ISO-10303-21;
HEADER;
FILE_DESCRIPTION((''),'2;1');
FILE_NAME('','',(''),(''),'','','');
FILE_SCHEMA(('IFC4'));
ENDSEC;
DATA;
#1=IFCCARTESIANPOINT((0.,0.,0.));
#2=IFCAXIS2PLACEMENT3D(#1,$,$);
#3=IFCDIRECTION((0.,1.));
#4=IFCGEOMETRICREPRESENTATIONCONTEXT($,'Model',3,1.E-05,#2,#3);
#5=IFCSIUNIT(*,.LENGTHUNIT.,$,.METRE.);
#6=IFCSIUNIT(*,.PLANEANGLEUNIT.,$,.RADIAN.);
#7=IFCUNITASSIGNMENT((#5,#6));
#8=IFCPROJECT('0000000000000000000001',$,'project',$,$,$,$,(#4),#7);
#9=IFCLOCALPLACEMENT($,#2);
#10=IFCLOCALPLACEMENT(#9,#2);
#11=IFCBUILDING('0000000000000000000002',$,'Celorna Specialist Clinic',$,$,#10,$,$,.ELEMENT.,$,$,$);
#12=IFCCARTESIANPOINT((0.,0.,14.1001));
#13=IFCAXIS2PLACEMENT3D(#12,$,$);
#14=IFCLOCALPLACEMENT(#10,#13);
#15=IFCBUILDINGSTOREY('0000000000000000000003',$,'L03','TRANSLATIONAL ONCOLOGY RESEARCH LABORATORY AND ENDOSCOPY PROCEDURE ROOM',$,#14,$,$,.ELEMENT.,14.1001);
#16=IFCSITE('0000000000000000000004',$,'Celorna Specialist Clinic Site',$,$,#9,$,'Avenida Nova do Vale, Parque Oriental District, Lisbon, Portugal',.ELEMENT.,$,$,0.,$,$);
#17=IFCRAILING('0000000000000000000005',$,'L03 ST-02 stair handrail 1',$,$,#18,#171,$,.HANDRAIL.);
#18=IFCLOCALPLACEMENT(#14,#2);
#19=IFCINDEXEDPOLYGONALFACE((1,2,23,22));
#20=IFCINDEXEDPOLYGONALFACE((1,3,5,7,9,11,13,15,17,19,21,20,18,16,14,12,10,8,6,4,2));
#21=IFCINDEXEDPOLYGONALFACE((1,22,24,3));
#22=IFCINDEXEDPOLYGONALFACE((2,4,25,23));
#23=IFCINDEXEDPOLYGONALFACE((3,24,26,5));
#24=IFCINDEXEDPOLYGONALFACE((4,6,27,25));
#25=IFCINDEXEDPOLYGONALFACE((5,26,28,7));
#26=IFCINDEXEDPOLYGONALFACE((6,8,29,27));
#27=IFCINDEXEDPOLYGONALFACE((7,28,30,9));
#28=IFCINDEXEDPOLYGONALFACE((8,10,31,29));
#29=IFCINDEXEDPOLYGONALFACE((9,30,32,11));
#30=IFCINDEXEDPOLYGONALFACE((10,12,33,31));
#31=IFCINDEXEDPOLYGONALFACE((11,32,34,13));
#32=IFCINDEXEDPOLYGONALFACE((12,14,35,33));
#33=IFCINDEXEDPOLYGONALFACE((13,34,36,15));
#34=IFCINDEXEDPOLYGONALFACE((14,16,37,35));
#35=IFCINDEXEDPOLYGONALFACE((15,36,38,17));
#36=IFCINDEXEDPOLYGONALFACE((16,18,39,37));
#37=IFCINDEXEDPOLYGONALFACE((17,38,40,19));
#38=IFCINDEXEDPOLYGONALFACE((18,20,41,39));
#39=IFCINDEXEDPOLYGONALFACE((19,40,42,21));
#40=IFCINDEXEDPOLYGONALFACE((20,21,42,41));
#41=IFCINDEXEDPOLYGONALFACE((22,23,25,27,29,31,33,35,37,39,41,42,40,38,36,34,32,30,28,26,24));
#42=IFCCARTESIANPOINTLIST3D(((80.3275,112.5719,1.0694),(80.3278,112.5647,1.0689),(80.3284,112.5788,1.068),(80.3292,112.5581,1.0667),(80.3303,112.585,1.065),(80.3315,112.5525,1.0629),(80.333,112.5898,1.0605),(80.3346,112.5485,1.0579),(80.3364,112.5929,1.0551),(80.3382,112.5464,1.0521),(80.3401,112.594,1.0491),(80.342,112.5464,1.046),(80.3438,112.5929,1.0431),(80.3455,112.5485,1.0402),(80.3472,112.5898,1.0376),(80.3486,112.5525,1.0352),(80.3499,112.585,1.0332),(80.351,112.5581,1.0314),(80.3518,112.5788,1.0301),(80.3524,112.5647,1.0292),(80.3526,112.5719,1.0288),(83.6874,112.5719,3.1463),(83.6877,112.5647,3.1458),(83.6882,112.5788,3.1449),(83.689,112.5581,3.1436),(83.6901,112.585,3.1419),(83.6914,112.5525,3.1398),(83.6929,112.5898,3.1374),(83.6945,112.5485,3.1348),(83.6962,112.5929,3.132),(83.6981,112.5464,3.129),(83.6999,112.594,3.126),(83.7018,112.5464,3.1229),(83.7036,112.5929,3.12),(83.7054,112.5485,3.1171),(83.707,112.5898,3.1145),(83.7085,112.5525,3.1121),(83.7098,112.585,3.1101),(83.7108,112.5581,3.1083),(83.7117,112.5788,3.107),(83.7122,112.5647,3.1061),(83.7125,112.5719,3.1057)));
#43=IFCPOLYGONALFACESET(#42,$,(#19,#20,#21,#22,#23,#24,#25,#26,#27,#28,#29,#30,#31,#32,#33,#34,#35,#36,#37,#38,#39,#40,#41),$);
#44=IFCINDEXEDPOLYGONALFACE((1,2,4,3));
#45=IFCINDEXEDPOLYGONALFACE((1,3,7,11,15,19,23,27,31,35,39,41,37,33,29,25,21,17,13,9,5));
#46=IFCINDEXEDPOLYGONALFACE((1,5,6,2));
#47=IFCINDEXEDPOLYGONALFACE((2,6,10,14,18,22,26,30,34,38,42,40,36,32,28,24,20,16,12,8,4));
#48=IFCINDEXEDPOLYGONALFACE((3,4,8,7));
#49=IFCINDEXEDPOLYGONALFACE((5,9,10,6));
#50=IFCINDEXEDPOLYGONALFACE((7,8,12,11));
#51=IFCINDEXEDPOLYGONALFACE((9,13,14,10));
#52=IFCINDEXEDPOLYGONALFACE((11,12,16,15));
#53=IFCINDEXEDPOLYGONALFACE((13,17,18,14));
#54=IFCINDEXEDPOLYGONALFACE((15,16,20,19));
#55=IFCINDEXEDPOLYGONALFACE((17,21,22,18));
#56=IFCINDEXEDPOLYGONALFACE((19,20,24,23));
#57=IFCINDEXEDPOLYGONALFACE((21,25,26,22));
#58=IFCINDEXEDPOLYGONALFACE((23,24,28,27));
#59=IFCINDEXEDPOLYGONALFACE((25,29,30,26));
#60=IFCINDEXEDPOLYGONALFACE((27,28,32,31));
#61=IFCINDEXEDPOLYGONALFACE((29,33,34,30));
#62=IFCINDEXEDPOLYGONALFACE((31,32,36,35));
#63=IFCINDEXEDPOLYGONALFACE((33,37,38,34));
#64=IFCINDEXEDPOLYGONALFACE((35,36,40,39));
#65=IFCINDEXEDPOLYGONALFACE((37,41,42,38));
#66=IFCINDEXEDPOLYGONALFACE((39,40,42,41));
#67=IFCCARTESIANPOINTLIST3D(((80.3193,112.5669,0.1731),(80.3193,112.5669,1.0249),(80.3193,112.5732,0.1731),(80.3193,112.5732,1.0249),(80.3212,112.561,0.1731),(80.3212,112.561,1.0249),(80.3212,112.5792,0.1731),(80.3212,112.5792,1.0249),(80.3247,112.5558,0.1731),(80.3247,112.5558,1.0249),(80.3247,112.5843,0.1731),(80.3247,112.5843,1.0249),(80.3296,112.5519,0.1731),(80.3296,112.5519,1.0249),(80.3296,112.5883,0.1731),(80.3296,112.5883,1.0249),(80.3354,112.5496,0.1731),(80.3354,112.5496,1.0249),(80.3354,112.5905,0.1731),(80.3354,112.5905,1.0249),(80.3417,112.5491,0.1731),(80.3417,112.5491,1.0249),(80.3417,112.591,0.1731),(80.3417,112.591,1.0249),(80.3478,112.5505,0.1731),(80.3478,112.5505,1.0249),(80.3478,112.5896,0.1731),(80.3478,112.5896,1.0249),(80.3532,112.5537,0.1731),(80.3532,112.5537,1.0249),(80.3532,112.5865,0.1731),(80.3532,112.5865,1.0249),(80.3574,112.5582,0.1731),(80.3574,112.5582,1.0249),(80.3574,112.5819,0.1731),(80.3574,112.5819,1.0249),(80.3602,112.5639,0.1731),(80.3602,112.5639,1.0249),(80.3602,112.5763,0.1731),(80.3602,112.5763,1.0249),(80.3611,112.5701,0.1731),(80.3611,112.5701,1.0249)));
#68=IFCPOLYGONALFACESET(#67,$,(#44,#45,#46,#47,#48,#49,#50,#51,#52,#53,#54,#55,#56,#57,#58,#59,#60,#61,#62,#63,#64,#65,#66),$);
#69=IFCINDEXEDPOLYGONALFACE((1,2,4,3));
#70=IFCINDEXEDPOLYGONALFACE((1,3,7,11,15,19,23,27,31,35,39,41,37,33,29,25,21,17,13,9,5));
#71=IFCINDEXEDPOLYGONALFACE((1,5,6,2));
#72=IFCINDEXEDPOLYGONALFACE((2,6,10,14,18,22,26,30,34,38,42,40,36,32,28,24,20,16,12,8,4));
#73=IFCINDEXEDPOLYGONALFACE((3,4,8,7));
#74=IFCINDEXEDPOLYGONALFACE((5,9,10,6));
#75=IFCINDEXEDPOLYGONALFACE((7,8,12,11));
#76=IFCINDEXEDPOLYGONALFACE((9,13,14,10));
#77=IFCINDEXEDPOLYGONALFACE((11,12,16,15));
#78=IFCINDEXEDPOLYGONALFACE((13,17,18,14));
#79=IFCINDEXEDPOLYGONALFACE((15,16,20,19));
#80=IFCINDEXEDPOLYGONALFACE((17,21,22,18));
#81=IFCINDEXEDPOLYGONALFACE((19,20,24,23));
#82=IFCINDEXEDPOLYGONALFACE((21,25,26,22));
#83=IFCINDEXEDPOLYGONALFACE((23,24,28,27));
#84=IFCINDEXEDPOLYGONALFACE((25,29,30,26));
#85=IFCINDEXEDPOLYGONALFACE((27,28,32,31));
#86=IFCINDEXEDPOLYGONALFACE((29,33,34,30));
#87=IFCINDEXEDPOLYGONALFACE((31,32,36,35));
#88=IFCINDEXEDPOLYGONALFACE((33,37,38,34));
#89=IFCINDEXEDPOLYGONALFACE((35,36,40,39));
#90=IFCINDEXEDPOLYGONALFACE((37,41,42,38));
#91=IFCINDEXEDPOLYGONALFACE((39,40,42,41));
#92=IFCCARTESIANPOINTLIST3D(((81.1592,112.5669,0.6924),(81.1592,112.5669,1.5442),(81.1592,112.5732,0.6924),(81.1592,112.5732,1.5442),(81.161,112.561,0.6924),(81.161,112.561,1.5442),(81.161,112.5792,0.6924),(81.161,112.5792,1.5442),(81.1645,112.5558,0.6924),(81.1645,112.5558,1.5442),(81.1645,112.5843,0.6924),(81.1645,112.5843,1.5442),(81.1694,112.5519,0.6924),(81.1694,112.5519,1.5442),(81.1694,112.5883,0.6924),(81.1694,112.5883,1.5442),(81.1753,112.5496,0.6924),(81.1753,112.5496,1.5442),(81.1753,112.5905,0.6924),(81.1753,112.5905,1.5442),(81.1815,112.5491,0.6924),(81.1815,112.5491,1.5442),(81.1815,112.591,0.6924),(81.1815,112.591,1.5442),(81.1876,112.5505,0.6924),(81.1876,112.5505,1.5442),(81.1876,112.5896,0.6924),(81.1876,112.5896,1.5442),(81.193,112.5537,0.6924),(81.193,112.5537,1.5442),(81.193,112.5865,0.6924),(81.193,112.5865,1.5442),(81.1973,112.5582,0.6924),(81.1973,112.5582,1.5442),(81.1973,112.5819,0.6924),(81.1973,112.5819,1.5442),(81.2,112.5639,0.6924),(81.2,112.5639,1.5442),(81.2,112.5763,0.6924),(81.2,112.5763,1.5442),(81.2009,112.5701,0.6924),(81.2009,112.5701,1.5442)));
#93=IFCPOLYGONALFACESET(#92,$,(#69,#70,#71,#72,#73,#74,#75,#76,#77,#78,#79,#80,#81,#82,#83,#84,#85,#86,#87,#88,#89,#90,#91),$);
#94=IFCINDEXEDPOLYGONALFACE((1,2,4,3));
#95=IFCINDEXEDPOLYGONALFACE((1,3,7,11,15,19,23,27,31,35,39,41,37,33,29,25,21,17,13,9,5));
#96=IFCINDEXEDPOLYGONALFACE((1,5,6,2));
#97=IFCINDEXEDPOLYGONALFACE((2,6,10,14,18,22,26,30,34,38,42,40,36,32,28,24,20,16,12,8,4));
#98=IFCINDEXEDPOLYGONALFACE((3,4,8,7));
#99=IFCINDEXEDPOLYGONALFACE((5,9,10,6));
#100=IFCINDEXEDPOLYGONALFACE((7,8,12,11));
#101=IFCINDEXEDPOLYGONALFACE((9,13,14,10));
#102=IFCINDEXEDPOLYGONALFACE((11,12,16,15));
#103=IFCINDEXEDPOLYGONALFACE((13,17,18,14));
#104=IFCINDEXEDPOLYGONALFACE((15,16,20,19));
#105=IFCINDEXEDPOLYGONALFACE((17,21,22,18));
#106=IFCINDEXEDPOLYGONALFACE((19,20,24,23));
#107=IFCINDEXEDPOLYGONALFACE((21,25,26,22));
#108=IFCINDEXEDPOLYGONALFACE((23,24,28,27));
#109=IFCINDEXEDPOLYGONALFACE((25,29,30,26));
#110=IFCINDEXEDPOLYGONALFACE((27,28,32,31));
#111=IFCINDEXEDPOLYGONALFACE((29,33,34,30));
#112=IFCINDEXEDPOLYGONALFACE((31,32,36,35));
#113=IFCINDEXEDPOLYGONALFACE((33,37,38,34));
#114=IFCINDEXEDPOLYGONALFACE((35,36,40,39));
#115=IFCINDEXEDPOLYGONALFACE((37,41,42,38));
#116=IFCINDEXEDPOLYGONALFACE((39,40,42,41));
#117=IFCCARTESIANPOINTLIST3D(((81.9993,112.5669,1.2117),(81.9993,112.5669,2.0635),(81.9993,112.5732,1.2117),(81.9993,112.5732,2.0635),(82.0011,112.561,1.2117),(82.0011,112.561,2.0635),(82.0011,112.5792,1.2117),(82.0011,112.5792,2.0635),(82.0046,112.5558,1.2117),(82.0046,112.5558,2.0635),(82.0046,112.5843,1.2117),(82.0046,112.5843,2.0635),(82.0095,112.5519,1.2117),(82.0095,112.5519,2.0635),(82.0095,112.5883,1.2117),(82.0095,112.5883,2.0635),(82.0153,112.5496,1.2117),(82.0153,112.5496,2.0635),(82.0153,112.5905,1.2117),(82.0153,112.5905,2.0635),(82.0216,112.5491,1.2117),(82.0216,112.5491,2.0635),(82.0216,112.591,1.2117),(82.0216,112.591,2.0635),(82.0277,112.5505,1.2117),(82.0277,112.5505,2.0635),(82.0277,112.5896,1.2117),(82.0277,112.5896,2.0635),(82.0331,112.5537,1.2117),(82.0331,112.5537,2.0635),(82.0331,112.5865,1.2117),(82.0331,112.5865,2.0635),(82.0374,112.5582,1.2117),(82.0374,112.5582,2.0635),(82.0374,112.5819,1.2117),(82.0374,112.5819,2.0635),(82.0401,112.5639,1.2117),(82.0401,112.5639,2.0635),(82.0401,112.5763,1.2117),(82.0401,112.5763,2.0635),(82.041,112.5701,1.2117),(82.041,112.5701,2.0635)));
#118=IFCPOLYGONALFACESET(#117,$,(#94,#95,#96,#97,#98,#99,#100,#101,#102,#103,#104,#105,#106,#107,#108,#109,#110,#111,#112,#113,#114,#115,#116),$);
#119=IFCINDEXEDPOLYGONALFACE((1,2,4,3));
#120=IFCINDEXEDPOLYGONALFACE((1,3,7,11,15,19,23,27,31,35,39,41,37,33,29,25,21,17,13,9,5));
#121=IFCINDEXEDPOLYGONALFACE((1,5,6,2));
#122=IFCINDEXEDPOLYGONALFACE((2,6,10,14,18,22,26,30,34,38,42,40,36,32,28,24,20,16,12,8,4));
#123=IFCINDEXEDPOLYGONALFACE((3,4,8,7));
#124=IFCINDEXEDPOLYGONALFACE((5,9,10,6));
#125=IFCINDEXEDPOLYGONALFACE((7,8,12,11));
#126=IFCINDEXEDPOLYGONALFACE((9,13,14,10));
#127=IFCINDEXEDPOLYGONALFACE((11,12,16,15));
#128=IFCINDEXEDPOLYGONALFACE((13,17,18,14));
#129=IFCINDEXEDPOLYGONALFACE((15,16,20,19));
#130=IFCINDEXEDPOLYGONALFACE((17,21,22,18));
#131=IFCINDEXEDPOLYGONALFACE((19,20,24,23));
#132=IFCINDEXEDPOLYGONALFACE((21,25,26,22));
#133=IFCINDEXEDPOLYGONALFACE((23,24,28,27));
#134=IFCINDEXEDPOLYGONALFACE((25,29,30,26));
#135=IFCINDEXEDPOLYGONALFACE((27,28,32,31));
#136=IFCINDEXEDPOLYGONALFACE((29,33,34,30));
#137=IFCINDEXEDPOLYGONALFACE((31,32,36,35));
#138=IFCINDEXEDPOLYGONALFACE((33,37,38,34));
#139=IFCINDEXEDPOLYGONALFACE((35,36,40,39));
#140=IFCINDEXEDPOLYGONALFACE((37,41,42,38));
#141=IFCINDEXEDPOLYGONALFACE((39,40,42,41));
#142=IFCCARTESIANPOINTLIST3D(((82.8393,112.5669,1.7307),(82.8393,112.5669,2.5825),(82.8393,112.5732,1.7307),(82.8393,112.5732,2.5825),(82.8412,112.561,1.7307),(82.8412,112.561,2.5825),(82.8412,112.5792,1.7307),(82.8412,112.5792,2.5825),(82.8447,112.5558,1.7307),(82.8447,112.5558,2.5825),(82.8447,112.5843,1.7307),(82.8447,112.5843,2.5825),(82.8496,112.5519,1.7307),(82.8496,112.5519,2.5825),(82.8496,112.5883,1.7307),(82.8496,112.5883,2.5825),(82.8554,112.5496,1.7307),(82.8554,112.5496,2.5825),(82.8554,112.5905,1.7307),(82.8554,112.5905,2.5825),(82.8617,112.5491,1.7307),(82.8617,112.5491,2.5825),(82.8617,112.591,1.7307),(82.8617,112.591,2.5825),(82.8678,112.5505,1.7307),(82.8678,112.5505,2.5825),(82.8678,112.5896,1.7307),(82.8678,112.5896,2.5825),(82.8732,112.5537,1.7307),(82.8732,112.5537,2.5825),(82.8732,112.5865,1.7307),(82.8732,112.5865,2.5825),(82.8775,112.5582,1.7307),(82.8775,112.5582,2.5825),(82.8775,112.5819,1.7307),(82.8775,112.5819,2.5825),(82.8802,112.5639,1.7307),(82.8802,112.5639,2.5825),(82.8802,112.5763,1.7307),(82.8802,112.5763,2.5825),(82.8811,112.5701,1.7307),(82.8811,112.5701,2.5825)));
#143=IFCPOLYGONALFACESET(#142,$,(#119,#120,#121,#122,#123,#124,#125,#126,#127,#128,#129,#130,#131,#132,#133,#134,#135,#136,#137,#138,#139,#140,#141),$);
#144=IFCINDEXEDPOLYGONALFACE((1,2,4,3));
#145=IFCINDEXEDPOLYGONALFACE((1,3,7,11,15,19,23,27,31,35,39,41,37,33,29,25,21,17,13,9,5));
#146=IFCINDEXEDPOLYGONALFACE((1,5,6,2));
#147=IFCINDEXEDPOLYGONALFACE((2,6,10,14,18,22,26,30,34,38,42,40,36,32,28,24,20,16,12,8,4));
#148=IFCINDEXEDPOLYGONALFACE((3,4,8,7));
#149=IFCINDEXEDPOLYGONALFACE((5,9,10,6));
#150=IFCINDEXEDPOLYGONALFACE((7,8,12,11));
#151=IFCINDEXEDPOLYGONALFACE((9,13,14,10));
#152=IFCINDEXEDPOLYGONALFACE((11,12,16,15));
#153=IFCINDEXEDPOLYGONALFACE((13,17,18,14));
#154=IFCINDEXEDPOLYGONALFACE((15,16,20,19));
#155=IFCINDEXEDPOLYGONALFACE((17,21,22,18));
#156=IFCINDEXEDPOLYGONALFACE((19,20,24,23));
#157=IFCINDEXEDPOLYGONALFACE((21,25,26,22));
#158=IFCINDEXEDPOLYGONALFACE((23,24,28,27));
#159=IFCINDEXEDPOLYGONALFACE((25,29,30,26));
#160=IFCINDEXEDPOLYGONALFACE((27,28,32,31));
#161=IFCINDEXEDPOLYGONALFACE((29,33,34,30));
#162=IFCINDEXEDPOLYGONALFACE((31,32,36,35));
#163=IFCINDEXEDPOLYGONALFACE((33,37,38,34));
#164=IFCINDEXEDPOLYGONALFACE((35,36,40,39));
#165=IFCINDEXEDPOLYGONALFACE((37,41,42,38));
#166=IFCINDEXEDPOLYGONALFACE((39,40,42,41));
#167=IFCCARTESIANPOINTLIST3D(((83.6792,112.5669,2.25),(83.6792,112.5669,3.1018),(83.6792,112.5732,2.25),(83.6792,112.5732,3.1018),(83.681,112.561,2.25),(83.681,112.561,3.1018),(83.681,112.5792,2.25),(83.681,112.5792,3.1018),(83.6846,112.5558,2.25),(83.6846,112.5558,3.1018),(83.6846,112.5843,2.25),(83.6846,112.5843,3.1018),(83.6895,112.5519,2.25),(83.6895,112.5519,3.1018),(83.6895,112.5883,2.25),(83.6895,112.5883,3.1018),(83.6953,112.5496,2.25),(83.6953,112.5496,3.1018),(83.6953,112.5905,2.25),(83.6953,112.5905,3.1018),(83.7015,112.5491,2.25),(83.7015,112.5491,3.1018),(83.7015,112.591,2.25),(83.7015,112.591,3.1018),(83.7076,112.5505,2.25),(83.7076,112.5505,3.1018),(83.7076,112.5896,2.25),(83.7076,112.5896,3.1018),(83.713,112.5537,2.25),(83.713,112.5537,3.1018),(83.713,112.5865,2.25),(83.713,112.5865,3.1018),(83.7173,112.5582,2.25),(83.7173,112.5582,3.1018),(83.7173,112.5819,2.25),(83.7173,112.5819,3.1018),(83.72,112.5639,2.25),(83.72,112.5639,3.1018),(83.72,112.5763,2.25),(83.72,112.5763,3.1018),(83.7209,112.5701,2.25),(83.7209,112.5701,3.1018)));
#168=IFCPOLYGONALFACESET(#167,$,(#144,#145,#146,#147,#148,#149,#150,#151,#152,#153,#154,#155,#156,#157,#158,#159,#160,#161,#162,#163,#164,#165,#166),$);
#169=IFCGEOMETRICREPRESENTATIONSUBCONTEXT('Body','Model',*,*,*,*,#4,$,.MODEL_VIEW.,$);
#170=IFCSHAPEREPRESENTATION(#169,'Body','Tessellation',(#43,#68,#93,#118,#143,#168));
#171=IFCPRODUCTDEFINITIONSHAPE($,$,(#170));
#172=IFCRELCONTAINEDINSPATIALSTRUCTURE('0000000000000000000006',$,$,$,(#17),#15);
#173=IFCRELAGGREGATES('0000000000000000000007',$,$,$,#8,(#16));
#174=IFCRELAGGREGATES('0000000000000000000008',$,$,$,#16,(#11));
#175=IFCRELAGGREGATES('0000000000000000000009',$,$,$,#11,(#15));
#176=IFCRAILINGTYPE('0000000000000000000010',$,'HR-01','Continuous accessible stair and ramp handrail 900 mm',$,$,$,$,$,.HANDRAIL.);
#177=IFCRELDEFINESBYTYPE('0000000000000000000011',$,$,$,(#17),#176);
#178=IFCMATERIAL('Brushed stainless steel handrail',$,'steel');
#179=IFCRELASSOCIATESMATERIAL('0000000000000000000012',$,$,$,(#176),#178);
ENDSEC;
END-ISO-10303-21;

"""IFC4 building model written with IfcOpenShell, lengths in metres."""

from ifc_helpers import new_model, si_unit, direction, frame, origin, origin_2d, place, context, subcontext, project, spatial, circle, extrude, material, type_object, element, save


model = new_model("IFC4")

# Units and contexts
model_context = context("Model", 3, precision=1e-05, world=origin(), true_north=direction((0.0, 1.0)))
body_context = subcontext(model_context, "Body", "Model", "MODEL_VIEW")
ifc_project = project(units=[si_unit("LENGTHUNIT", "METRE"), si_unit("PLANEANGLEUNIT", "RADIAN")], contexts=[model_context])

# Site, building, storey
site_placement = place(None, origin())
site = spatial("IfcSite", under=ifc_project, at=site_placement, Name="Celorna Specialist Clinic Site", LongName="Avenida Nova do Vale, Parque Oriental District, Lisbon, Portugal", CompositionType="ELEMENT", RefElevation=0.0)
building_placement = place(site_placement, origin())
building = spatial("IfcBuilding", under=site, at=building_placement, Name="Celorna Specialist Clinic", CompositionType="ELEMENT")
storey_placement = place(building_placement, frame((0.0, 0.0, 14.1001)))
storey = spatial("IfcBuildingStorey", under=building, at=storey_placement, Name="L03", Description="TRANSLATIONAL ONCOLOGY RESEARCH LABORATORY AND ENDOSCOPY PROCEDURE ROOM", CompositionType="ELEMENT", Elevation=14.1001)

# Railing
ifc_material_1 = material(Name="Brushed stainless steel handrail", Category="steel")
railing_type_1 = type_object("IfcRailingType", Name="HR-01", Description="Continuous accessible stair and ramp handrail 900 mm", PredefinedType="HANDRAIL", material=ifc_material_1)
railing_1_placement = place(storey_placement, frame((80.3401, 112.5701, 0.1731)))
element("IfcRailing", 1, at=railing_1_placement, inside=storey, type_object=railing_type_1, Name="L03 ST-02 stair handrail 1", PredefinedType="HANDRAIL", context=body_context, shape_type="SweptSolid", body=[
    extrude(circle(Radius=0.0239, at=origin_2d()), frame((0.0, 0.0, 0.876), z_axis=(0.850606, 0.0, 0.525803), x_axis=(0.0, 1.0, 0.0)), (0.0, 0.0, 1.0), 3.95),
    extrude(circle(Radius=0.021, at=origin_2d()), origin(), (0.0, 0.0, 1.0), 0.8518),
    extrude(circle(Radius=0.021, at=origin_2d()), frame((0.8398, 0.0, 0.5193)), (0.0, 0.0, 1.0), 0.8518),
    extrude(circle(Radius=0.021, at=origin_2d()), frame((1.6799, 0.0, 1.0386)), (0.0, 0.0, 1.0), 0.8518),
    extrude(circle(Radius=0.021, at=origin_2d()), frame((2.52, 0.0, 1.5576)), (0.0, 0.0, 1.0), 0.8518),
    extrude(circle(Radius=0.021, at=origin_2d()), frame((3.3599, 0.0, 2.0769)), (0.0, 0.0, 1.0), 0.8518),
])

save(model, "model.ifc")
